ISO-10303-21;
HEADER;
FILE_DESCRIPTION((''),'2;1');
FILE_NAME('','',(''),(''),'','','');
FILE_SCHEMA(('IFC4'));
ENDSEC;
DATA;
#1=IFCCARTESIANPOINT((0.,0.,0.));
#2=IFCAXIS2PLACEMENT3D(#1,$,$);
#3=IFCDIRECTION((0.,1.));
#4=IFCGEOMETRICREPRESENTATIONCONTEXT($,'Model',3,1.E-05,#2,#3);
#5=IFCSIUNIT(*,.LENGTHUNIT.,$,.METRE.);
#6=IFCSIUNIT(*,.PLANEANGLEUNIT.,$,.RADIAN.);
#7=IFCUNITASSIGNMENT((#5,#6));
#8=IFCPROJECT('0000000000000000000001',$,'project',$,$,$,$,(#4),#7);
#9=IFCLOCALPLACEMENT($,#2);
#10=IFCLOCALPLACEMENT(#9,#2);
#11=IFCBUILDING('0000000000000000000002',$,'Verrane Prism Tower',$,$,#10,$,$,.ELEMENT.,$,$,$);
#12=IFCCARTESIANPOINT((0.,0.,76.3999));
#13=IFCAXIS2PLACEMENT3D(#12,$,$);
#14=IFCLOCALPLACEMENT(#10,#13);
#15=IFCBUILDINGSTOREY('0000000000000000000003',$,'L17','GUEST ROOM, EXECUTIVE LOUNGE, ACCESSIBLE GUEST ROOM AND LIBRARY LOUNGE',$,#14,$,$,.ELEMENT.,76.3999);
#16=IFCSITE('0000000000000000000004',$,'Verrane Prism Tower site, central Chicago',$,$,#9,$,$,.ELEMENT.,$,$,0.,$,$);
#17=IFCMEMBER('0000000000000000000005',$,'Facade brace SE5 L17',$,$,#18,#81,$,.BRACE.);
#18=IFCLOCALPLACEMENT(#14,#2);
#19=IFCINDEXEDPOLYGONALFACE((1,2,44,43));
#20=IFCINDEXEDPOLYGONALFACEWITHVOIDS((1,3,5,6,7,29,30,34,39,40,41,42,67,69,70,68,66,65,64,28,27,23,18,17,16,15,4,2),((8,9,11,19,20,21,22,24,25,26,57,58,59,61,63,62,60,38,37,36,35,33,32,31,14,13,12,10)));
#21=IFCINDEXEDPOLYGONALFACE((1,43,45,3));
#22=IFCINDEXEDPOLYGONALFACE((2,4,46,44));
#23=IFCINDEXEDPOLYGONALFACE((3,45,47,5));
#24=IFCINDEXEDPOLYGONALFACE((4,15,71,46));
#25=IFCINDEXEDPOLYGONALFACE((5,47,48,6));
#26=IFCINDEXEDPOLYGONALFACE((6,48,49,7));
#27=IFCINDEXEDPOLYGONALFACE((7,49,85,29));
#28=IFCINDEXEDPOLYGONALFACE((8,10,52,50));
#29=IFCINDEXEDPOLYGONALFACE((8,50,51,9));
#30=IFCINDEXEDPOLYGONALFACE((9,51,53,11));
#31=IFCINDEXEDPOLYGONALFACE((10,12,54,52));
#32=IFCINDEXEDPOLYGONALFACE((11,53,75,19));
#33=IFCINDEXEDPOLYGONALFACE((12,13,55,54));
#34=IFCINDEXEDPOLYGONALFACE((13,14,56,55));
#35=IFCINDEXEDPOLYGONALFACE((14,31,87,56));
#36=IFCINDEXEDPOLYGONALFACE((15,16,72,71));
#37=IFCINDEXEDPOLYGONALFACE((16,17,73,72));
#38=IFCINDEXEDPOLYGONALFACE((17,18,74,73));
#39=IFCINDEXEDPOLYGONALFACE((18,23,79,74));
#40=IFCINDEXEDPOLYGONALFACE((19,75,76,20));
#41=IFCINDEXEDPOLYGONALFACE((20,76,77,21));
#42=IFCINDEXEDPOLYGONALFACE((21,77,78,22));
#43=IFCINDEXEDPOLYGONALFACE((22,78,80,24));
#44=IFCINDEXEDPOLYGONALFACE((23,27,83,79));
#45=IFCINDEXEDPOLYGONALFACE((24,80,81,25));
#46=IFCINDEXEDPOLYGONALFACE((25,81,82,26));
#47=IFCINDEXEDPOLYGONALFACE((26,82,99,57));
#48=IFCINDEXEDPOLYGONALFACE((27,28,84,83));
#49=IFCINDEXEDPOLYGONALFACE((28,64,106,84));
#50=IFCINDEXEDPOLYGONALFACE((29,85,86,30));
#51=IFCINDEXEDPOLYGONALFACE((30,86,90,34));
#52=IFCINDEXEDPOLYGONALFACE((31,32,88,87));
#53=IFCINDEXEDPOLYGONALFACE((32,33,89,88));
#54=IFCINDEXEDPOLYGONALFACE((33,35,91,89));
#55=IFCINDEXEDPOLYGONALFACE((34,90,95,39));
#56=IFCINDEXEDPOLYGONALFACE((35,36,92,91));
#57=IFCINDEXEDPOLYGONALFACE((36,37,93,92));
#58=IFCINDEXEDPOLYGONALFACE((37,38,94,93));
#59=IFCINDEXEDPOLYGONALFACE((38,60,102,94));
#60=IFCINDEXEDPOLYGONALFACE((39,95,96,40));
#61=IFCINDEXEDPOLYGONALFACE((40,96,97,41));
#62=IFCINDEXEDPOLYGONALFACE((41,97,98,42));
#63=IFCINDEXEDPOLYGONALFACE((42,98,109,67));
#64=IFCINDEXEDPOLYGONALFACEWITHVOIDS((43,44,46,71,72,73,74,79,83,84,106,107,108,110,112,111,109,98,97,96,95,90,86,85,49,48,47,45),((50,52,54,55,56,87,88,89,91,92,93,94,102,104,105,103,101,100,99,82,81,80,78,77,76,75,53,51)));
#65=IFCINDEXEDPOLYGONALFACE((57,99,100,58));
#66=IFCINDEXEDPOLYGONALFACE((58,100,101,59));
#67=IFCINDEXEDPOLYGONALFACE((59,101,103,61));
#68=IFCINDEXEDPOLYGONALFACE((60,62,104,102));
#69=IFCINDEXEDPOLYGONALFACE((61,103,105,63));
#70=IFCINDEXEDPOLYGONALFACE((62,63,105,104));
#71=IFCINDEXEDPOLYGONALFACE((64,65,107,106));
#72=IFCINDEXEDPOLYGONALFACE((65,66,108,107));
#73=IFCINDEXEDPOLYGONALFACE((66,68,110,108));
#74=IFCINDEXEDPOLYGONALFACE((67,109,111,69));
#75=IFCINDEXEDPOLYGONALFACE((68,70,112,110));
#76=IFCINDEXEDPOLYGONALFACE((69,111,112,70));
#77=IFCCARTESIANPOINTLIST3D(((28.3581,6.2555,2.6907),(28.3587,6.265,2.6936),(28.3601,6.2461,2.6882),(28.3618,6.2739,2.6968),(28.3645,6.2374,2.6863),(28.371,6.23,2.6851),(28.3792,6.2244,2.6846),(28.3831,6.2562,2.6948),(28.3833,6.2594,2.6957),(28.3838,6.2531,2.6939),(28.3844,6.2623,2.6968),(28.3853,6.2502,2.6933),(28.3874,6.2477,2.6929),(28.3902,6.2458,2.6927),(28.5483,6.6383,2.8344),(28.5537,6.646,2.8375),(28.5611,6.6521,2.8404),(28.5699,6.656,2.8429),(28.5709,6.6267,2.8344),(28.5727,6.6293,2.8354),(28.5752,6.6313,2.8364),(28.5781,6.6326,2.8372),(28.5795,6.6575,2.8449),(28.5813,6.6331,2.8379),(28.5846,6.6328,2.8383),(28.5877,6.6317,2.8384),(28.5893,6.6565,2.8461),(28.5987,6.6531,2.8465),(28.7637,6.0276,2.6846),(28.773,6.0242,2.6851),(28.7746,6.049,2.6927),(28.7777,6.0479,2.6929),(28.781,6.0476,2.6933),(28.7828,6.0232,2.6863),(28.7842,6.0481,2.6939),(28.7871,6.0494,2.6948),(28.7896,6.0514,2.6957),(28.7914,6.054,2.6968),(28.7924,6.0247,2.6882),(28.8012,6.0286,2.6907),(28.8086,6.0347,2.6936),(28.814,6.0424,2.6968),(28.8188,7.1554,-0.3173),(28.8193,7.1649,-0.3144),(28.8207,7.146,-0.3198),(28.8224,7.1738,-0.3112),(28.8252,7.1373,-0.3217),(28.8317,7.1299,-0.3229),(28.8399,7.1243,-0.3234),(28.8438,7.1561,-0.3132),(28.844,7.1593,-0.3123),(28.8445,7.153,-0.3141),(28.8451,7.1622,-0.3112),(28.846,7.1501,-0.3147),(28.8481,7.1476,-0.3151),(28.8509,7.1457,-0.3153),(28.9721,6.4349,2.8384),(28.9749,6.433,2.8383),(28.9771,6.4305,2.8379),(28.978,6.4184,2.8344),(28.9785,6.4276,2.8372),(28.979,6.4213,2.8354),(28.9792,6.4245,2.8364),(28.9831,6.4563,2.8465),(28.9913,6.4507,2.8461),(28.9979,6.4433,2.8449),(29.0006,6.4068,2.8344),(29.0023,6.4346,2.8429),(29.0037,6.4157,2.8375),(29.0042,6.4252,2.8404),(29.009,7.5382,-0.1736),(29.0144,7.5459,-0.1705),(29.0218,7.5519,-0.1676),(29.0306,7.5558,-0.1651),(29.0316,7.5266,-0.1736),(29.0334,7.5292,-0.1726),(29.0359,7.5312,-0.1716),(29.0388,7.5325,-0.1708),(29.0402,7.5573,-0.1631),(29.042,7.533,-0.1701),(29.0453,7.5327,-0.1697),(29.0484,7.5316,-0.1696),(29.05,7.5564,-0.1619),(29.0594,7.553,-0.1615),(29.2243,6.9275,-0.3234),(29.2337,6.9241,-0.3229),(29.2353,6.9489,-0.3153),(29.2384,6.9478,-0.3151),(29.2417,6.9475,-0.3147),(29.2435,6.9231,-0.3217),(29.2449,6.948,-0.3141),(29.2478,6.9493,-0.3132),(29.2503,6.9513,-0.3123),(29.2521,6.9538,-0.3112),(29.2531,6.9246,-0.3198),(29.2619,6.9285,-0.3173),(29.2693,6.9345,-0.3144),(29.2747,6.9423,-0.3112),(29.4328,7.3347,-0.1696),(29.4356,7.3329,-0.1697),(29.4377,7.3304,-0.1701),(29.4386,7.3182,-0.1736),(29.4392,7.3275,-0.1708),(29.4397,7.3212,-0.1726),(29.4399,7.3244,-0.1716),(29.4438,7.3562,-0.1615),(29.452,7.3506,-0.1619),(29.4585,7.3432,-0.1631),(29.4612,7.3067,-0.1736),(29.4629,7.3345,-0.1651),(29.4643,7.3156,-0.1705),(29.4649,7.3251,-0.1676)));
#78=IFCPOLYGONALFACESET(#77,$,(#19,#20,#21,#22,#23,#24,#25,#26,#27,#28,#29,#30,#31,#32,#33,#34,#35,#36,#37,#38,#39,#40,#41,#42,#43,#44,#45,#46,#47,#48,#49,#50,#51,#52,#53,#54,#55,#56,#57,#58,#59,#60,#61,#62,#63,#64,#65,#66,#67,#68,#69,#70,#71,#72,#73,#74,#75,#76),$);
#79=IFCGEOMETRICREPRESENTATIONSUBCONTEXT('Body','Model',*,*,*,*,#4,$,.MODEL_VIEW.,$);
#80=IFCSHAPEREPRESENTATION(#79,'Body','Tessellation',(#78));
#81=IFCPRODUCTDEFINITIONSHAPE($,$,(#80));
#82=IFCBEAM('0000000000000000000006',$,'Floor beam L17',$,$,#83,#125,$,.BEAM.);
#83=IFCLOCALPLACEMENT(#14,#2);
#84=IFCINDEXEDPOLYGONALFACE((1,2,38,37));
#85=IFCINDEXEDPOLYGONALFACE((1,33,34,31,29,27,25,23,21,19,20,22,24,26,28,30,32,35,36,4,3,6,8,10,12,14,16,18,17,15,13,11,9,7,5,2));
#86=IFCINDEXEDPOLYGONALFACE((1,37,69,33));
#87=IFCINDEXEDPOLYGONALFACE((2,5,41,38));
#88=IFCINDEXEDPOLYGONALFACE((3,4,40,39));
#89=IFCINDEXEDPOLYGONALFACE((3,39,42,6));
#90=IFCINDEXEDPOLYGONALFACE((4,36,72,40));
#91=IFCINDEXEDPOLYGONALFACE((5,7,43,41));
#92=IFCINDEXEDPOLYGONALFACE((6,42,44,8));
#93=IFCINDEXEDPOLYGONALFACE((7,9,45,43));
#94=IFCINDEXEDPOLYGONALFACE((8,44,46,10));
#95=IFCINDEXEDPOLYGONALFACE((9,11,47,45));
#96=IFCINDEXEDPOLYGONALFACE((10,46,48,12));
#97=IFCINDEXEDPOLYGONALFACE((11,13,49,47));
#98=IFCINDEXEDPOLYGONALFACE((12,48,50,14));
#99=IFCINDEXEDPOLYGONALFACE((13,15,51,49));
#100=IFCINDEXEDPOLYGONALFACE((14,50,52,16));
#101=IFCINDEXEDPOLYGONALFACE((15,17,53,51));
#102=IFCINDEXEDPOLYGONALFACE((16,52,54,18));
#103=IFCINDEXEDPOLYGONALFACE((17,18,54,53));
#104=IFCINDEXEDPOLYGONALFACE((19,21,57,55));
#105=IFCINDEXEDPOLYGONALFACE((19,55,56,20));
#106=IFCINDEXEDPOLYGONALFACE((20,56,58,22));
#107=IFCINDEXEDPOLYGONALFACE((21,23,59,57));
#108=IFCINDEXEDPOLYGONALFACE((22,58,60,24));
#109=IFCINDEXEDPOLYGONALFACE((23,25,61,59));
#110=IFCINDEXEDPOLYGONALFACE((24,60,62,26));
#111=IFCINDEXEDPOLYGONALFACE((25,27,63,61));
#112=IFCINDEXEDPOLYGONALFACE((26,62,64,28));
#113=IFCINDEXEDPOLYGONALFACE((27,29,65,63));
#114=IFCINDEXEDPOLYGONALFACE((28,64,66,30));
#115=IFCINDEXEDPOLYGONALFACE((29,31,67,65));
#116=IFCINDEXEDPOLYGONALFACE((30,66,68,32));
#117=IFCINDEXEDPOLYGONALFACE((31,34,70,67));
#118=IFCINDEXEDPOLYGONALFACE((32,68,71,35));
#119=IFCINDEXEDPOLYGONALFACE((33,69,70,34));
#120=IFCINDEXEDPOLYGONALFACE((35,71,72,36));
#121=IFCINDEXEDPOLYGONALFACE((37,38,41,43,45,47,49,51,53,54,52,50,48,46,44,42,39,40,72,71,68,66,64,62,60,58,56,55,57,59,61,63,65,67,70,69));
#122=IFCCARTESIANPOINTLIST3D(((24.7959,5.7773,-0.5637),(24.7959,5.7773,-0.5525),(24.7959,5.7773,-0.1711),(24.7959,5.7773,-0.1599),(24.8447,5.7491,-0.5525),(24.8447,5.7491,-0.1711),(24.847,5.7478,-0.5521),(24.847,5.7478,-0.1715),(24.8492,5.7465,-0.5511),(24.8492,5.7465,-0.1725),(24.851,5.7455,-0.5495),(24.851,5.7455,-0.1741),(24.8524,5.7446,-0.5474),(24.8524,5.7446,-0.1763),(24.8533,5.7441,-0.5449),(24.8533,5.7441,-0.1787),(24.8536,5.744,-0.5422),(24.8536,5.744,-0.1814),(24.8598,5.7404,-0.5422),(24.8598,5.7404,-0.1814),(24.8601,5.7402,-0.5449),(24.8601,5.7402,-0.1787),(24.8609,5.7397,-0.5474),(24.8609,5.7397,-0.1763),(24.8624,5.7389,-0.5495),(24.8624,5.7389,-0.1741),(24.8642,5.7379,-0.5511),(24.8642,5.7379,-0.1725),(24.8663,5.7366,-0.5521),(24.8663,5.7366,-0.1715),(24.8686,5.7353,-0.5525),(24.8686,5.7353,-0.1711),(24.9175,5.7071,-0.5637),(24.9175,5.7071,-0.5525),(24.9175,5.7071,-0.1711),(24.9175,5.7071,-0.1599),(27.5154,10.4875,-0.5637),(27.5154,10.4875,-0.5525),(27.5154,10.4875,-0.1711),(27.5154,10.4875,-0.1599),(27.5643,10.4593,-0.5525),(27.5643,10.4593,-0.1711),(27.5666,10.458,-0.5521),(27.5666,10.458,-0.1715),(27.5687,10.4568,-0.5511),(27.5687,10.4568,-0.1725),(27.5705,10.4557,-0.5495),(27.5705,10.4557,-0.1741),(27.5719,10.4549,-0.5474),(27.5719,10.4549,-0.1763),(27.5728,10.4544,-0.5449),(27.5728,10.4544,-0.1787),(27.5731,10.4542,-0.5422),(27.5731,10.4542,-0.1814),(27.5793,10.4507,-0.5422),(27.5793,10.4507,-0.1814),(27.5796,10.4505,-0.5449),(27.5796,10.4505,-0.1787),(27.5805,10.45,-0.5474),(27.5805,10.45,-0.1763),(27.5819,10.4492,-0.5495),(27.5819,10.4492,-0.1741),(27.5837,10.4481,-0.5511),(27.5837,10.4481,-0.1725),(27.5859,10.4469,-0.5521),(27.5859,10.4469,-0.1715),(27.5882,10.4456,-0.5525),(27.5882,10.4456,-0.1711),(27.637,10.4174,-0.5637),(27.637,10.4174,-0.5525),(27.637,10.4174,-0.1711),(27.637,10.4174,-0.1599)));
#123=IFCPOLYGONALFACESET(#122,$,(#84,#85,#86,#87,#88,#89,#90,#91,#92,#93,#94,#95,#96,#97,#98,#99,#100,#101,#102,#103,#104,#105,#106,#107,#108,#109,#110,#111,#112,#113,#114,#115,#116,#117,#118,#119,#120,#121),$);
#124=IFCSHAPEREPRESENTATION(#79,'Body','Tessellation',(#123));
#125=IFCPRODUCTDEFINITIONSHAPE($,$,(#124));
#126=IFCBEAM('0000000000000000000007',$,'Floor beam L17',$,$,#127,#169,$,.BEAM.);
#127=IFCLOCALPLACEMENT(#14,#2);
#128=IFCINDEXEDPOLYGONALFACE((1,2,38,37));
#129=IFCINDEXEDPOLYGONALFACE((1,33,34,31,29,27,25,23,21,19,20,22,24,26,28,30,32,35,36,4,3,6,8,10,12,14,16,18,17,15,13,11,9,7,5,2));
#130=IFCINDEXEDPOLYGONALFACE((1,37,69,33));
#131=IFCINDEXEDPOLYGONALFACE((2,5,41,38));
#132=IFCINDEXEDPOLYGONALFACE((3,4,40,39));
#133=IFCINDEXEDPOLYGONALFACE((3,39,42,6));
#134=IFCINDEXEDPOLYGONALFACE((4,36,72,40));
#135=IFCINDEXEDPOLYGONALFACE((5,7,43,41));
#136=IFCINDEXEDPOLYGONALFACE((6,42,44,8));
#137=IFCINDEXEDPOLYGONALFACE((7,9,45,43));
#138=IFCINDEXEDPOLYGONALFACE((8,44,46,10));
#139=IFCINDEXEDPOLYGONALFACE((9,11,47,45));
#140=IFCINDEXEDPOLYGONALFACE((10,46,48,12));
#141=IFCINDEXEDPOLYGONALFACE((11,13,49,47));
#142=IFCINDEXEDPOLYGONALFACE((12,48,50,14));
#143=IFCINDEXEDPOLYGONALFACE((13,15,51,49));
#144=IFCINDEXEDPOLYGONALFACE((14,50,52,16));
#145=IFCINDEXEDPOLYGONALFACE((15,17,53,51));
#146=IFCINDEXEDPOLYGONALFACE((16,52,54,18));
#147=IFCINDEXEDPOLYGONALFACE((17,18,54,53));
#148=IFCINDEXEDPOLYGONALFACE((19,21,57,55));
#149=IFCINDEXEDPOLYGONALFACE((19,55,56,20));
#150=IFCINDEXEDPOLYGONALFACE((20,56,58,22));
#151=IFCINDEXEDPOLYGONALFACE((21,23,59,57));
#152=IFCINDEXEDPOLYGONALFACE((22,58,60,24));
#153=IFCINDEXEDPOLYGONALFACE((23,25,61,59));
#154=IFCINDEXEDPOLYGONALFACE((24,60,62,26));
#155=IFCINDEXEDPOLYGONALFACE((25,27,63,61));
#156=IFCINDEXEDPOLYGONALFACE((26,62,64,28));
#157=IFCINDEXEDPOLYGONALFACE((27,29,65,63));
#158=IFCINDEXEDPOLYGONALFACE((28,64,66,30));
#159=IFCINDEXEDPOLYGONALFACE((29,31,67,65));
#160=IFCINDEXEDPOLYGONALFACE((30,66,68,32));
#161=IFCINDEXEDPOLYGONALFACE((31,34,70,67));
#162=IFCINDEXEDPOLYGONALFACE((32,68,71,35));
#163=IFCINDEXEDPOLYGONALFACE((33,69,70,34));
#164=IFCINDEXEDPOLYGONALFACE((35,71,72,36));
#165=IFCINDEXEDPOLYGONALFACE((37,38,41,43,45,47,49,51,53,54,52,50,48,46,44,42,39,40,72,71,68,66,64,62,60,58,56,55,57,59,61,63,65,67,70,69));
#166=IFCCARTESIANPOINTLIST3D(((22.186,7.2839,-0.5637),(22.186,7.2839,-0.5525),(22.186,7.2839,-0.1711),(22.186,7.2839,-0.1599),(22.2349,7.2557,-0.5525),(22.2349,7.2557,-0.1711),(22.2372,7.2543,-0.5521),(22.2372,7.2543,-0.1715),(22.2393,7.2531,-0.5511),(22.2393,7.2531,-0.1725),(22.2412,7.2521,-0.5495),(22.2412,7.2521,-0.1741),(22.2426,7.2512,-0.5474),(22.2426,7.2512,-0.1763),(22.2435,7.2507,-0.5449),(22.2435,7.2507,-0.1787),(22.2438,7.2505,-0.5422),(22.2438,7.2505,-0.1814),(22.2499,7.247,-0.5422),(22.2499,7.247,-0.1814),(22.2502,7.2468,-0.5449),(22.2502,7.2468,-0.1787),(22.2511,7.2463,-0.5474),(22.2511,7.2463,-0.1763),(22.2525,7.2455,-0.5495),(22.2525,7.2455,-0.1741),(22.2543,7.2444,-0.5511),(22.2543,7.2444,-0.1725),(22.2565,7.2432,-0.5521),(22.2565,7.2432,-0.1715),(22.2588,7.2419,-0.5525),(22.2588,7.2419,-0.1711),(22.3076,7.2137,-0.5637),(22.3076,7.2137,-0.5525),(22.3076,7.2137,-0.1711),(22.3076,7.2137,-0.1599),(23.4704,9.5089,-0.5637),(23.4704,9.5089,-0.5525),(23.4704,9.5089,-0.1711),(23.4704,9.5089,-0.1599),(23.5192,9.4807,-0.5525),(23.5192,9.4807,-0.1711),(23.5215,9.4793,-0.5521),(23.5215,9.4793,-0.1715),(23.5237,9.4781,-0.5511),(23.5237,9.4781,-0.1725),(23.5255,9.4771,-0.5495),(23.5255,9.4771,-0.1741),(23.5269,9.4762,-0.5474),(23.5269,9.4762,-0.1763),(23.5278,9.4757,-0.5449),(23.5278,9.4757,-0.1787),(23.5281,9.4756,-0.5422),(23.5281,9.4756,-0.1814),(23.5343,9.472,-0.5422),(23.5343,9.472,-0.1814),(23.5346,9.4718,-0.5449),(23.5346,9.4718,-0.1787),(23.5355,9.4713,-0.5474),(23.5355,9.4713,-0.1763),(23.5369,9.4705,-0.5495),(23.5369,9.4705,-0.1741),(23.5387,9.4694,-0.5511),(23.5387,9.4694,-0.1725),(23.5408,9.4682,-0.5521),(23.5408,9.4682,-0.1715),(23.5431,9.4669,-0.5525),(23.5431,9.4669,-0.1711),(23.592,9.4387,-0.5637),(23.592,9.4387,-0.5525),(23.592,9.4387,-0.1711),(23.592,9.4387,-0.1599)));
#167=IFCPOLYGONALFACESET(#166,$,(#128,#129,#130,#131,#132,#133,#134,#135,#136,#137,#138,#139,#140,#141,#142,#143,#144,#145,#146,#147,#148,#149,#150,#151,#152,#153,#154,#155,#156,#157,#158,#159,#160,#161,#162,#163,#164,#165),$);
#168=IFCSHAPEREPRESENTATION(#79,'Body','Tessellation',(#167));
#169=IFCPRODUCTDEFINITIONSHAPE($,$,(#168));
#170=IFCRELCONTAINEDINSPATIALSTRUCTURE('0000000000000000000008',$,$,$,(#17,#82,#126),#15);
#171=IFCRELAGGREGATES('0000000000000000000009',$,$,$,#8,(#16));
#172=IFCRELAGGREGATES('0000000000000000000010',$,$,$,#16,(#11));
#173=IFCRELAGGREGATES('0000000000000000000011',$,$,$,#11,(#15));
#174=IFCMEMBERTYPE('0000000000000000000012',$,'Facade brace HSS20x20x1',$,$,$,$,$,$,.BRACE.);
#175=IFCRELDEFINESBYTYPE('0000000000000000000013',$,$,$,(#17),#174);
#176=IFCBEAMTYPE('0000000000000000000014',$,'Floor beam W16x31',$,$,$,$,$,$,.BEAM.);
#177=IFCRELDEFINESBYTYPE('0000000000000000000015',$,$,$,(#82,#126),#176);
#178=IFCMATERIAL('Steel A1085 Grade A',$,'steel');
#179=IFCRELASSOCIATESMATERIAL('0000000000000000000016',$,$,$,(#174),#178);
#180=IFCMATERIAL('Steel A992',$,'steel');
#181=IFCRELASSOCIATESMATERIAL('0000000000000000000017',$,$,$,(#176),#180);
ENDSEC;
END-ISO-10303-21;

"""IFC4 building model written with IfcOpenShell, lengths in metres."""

from ifc_helpers import new_model, si_unit, direction, frame, origin, origin_2d, place, context, subcontext, project, spatial, hollow_rectangle, i_section, extrude, material, material_profile, profile_set, type_object, element, save


model = new_model("IFC4")

# Units and contexts
model_context = context("Model", 3, precision=1e-05, world=origin(), true_north=direction((0.0, 1.0)))
body_context = subcontext(model_context, "Body", "Model", "MODEL_VIEW")
ifc_project = project(units=[si_unit("LENGTHUNIT", "METRE"), si_unit("PLANEANGLEUNIT", "RADIAN")], contexts=[model_context])

# Site, building, storey
site_placement = place(None, origin())
site = spatial("IfcSite", under=ifc_project, at=site_placement, Name="Verrane Prism Tower site, central Chicago", CompositionType="ELEMENT", RefElevation=0.0)
building_placement = place(site_placement, origin())
building = spatial("IfcBuilding", under=site, at=building_placement, Name="Verrane Prism Tower", CompositionType="ELEMENT")
storey_placement = place(building_placement, frame((0.0, 0.0, 76.3999)))
storey = spatial("IfcBuildingStorey", under=building, at=storey_placement, Name="L17", Description="GUEST ROOM, EXECUTIVE LOUNGE, ACCESSIBLE GUEST ROOM AND LIBRARY LOUNGE", CompositionType="ELEMENT", Elevation=76.3999)

# Member
ifc_material_1 = material(Name="Steel A1085 Grade A", Category="steel")
ifc_material_profile_1 = material_profile(ifc_material_1, hollow_rectangle(XDim=0.5081, YDim=0.5081, WallThickness=0.0254, InnerFilletRadius=0.0127, OuterFilletRadius=0.0381, at=origin_2d()), Name="HSS20x20x1")
ifc_profile_set_1 = profile_set([ifc_material_profile_1], Name="Steel A1085 Grade A")
member_type_1 = type_object("IfcMemberType", Name="Facade brace HSS20x20x1", PredefinedType="BRACE", material=ifc_profile_set_1)
member_1_placement = place(storey_placement, frame((29.1418, 7.2402, -0.2424), z_axis=(-0.145173, -0.283577, 0.947897), x_axis=(0.890137, -0.455694, 0.0)))
element("IfcMember", 1, at=member_1_placement, inside=storey, type_object=member_type_1, Name="Facade brace SE5 L17", PredefinedType="BRACE", context=body_context, shape_type="SweptSolid", body=[
    extrude(hollow_rectangle(XDim=0.5081, YDim=0.5081, WallThickness=0.0254, InnerFilletRadius=0.0127, OuterFilletRadius=0.0381, at=origin_2d()), origin(), (0.0, 0.0, 1.0), 3.1733),
])

# Beams
ifc_material_2 = material(Name="Steel A992", Category="steel")
ifc_material_profile_2 = material_profile(ifc_material_2, i_section(OverallWidth=0.1404, OverallDepth=0.4038, WebThickness=0.0071, FlangeThickness=0.0112, FilletRadius=0.0103, at=origin_2d()), Name="W16x31")
ifc_profile_set_2 = profile_set([ifc_material_profile_2], Name="Steel A992")
beam_type_1 = type_object("IfcBeamType", Name="Floor beam W16x31", PredefinedType="BEAM", material=ifc_profile_set_2)
beam_1_placement = place(storey_placement, frame((24.8567, 5.7422, -0.3618), z_axis=(0.500006, 0.866022, 0.0), x_axis=(-0.866022, 0.500006, 0.0)))
element("IfcBeam", 2, at=beam_1_placement, inside=storey, type_object=beam_type_1, Name="Floor beam L17", PredefinedType="BEAM", context=body_context, shape_type="SweptSolid", body=[
    extrude(i_section(OverallWidth=0.1404, OverallDepth=0.4038, WebThickness=0.0071, FlangeThickness=0.0112, FilletRadius=0.0103, at=origin_2d()), origin(), (0.0, 0.0, 1.0), 5.439),
])
beam_2_placement = place(storey_placement, frame((22.2468, 7.2488, -0.3618), z_axis=(0.499931, 0.866065, 0.0), x_axis=(-0.866065, 0.499931, 0.0)))
element("IfcBeam", 3, at=beam_2_placement, inside=storey, type_object=beam_type_1, Name="Floor beam L17", PredefinedType="BEAM", context=body_context, shape_type="SweptSolid", body=[
    extrude(i_section(OverallWidth=0.1404, OverallDepth=0.4038, WebThickness=0.0071, FlangeThickness=0.0112, FilletRadius=0.0103, at=origin_2d()), origin(), (0.0, 0.0, 1.0), 2.5691),
])

save(model, "model.ifc")
